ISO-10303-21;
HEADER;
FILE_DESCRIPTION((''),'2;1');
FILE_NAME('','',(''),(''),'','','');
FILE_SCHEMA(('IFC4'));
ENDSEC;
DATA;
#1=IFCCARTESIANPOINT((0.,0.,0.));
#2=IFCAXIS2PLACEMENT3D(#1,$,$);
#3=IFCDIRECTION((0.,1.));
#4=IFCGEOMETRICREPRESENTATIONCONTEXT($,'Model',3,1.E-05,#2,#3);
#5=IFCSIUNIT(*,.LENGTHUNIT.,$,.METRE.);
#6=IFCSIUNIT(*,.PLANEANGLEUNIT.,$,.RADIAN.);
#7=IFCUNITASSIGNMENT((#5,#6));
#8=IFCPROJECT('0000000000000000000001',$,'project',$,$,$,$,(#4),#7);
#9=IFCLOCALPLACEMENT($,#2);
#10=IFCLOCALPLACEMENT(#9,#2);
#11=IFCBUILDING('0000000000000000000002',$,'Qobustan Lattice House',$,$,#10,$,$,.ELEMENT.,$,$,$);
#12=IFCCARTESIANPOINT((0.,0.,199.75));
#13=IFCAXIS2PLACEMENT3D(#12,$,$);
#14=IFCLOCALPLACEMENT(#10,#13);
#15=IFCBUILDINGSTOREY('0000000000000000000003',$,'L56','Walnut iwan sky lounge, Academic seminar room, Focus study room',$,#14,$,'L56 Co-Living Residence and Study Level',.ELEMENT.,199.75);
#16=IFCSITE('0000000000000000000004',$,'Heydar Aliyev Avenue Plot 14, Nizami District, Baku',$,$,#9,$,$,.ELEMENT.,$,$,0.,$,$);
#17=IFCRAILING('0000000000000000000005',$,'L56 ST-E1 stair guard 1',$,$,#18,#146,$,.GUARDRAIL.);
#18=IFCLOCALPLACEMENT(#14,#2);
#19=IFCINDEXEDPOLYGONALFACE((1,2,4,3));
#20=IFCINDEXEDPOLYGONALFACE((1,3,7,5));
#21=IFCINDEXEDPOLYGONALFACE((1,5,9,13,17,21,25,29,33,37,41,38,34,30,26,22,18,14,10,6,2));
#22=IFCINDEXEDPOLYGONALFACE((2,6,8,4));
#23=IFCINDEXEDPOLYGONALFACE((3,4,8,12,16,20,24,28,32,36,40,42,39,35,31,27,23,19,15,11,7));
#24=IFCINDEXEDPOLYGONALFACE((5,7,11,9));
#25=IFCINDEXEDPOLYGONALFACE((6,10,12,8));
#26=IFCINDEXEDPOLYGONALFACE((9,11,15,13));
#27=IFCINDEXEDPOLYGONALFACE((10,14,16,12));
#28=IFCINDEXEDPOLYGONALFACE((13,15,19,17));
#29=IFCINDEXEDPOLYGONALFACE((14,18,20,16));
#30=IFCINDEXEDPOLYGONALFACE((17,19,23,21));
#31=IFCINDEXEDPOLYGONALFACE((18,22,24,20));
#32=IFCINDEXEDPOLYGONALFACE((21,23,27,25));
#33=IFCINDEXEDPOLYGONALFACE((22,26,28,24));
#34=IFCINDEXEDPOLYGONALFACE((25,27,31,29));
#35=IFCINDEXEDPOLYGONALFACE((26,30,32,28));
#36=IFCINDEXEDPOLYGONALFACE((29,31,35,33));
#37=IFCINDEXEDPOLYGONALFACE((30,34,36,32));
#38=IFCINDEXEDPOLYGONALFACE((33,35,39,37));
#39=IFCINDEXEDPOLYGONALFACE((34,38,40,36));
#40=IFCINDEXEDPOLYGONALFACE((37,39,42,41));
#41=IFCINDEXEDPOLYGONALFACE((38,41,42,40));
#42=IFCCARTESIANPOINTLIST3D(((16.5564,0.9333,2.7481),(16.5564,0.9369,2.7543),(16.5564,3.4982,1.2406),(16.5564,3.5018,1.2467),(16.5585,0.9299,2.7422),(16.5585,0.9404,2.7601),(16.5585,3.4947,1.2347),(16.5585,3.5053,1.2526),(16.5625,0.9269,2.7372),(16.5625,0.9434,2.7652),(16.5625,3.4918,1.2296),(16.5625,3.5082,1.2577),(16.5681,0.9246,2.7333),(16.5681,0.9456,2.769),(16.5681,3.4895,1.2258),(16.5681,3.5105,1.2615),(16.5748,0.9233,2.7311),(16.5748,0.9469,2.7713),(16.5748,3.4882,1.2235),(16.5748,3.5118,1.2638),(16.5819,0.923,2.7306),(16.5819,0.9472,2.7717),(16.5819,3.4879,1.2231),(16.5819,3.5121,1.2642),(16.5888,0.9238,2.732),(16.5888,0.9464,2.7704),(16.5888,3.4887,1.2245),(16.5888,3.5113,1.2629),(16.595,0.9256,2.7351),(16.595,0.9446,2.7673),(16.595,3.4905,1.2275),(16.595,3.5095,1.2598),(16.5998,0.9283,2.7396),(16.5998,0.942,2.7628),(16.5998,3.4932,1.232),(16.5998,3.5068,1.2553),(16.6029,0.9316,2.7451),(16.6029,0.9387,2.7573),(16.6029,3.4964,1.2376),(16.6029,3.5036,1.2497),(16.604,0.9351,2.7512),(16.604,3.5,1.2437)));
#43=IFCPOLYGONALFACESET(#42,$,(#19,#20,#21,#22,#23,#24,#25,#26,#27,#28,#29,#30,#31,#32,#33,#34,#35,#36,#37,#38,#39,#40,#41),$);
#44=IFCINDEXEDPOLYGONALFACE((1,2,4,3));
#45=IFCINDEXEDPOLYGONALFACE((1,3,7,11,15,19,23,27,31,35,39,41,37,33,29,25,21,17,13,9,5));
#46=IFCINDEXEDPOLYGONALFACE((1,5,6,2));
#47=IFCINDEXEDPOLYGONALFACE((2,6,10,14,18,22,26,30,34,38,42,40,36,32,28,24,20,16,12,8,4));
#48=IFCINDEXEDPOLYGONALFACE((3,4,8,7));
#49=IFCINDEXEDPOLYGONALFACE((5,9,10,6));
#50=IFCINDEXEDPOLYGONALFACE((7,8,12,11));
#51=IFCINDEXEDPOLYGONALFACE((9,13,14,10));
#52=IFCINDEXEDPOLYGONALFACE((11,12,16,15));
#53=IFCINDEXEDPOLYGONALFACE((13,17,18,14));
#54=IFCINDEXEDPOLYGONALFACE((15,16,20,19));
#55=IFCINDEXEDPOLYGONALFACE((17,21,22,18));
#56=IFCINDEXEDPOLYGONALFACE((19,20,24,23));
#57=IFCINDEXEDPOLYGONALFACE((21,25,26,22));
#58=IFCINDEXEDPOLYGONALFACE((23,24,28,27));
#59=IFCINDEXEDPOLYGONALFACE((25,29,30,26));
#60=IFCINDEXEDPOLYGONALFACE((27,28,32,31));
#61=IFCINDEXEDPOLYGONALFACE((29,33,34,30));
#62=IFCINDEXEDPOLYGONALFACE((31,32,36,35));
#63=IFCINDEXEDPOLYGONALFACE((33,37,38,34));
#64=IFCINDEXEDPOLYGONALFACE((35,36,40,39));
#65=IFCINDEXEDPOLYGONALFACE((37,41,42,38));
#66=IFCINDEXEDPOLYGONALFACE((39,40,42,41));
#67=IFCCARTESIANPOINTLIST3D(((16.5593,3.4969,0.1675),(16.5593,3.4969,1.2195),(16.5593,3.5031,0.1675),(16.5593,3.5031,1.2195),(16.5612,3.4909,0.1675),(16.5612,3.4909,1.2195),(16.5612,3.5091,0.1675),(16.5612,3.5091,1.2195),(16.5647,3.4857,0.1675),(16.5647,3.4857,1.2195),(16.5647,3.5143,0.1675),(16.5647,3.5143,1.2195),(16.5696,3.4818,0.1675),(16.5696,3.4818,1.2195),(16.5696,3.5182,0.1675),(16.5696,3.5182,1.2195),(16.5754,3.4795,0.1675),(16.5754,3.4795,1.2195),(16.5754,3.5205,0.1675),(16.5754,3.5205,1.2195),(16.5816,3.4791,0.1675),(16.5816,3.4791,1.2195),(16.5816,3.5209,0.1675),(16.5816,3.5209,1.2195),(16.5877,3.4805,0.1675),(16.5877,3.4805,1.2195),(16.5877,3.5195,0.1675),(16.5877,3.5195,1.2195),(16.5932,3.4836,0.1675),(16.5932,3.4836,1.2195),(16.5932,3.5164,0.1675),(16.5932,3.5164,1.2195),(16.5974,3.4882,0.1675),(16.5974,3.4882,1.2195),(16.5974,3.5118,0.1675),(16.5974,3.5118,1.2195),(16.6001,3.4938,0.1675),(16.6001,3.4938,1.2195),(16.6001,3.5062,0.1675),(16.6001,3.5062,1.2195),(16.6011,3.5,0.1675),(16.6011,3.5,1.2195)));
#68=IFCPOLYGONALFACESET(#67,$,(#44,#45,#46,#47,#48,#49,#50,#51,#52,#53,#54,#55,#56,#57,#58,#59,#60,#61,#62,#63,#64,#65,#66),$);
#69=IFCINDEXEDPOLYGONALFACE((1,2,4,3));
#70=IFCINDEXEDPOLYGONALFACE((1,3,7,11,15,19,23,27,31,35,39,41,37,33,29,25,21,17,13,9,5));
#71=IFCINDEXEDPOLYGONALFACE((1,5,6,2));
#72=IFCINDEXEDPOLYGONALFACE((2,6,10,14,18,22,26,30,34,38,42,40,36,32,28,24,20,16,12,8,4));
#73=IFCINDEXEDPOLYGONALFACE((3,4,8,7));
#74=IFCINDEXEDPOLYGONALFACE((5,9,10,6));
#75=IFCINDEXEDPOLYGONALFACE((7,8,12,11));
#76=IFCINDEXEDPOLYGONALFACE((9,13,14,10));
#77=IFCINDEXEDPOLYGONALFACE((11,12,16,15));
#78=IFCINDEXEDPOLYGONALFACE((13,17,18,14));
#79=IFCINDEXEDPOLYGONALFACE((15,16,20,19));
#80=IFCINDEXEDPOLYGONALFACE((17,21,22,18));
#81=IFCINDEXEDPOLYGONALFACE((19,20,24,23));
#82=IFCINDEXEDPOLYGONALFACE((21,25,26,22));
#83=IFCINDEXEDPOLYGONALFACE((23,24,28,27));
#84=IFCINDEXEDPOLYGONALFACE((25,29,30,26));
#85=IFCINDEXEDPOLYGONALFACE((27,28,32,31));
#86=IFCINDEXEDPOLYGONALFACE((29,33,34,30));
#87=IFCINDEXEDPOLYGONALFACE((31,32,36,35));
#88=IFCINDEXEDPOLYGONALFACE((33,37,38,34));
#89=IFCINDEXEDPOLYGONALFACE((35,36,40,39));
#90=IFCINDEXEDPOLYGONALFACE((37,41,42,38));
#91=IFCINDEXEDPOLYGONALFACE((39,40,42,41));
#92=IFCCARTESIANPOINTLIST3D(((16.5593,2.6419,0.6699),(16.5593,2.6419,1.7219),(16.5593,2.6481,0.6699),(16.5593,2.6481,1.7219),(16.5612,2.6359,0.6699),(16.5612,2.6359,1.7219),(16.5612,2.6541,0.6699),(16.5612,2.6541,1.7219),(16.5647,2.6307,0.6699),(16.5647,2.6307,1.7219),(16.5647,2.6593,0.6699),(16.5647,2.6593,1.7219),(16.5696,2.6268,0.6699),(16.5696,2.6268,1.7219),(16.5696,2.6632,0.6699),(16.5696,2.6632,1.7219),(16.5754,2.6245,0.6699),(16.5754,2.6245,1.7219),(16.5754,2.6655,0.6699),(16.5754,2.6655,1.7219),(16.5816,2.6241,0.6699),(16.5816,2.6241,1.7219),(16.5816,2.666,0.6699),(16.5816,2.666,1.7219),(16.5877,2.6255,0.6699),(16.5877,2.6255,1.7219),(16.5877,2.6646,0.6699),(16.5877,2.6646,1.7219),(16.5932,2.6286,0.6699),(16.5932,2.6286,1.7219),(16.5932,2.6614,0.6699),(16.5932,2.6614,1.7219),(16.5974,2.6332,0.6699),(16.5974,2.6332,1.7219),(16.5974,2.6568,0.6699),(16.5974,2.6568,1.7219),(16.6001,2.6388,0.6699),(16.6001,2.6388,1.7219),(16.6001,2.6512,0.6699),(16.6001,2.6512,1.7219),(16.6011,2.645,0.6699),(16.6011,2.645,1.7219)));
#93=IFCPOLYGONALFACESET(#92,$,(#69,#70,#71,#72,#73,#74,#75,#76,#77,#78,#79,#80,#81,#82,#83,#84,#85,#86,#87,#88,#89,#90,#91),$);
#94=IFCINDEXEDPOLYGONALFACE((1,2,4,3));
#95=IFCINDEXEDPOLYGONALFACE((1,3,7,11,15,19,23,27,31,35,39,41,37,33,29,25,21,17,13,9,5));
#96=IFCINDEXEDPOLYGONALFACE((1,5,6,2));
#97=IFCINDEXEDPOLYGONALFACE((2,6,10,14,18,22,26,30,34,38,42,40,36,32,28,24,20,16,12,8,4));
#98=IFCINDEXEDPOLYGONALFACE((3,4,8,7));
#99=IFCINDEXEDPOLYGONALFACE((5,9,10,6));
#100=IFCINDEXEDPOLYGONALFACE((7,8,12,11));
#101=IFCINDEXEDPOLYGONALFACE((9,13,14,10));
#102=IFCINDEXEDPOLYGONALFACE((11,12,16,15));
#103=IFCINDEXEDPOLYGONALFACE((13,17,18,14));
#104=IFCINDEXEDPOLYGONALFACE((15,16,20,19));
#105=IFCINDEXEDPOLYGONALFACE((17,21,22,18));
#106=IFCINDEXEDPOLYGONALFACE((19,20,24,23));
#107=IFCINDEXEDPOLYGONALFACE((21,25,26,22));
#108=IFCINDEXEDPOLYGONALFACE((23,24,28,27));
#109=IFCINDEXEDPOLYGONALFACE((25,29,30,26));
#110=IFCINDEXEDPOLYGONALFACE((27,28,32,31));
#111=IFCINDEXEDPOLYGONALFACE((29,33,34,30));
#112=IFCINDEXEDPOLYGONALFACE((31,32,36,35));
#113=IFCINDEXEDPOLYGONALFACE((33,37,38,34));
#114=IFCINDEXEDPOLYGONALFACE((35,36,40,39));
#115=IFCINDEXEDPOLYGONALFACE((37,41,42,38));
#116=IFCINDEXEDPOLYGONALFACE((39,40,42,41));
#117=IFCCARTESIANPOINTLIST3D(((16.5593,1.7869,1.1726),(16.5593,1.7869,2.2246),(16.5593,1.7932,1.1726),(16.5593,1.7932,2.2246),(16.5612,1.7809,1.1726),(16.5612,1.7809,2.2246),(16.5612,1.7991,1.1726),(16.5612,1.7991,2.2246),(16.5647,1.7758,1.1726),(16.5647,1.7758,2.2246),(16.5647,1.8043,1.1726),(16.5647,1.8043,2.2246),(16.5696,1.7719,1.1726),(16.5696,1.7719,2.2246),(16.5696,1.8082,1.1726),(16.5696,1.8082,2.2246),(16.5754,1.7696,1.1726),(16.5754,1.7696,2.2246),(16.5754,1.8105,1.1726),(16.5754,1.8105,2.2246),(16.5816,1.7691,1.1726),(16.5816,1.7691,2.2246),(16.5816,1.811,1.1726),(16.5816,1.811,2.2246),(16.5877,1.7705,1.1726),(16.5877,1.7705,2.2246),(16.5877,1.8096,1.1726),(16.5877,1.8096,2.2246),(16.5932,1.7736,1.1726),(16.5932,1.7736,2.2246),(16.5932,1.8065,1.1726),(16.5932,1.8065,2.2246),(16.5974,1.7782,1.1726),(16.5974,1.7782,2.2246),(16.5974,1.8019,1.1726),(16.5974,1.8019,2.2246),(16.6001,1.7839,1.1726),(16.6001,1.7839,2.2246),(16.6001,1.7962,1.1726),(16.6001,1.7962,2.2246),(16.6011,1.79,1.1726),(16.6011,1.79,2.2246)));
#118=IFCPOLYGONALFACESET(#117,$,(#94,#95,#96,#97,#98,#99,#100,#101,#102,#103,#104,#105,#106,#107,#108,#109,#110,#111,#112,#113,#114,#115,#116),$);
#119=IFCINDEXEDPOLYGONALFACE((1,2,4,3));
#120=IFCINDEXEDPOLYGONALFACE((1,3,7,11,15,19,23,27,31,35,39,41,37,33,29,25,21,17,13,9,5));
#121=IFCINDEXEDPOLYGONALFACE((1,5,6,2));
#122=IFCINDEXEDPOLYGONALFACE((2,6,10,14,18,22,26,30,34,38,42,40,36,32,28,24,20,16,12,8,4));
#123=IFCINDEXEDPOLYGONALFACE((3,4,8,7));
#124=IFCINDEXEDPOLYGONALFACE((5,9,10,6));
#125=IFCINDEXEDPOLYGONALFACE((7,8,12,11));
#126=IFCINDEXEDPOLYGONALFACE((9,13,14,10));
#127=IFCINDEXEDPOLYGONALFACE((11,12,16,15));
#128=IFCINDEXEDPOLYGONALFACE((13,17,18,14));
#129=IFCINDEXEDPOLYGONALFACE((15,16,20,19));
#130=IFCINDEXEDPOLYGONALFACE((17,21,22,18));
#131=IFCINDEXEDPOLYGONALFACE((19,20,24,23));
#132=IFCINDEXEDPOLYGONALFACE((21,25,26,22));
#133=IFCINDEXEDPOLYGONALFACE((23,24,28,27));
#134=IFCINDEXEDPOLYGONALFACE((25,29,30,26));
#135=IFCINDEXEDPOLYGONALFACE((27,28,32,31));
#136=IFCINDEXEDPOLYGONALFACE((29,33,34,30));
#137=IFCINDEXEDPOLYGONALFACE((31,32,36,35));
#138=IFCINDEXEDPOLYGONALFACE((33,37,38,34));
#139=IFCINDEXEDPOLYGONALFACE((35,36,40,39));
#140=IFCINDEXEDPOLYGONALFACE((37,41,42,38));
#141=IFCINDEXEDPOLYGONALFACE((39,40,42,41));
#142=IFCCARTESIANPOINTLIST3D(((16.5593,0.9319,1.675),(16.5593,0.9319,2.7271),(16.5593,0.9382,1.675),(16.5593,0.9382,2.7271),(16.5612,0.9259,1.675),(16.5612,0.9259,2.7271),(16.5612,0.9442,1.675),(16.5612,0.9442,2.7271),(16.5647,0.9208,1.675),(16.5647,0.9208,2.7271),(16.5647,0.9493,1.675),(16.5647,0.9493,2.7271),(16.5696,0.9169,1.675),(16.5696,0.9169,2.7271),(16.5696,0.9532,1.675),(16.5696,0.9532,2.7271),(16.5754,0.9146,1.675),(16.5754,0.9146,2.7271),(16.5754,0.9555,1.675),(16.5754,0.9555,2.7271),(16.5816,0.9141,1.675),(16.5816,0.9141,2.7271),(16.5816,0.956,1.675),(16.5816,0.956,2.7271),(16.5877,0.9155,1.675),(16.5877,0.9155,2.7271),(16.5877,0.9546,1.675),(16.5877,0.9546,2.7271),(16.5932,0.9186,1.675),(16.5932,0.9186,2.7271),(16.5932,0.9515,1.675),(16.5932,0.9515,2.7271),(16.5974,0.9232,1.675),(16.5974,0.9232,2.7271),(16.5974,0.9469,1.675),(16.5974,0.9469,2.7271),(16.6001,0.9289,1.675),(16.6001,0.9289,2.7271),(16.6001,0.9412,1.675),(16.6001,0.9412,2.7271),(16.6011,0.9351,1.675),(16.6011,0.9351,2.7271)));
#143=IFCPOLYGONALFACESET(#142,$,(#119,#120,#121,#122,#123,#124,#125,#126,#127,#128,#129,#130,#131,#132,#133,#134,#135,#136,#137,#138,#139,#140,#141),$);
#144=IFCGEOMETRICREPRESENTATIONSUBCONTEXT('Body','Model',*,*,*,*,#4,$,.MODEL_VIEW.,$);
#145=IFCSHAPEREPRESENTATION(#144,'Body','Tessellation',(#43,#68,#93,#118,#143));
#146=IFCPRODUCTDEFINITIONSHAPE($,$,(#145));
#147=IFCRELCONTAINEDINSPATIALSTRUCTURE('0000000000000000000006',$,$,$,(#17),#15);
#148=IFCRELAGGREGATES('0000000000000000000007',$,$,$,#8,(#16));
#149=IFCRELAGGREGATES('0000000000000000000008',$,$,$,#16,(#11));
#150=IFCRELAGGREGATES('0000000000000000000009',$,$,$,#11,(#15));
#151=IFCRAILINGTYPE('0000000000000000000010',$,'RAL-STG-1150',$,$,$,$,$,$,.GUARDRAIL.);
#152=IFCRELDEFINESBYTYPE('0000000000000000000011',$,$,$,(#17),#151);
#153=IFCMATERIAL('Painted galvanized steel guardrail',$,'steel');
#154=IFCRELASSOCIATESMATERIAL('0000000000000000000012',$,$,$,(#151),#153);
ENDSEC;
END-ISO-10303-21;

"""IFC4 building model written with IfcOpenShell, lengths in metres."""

from ifc_helpers import new_model, si_unit, direction, frame, origin, origin_2d, place, context, subcontext, project, spatial, circle, extrude, material, type_object, element, save


model = new_model("IFC4")

# Units and contexts
model_context = context("Model", 3, precision=1e-05, world=origin(), true_north=direction((0.0, 1.0)))
body_context = subcontext(model_context, "Body", "Model", "MODEL_VIEW")
ifc_project = project(units=[si_unit("LENGTHUNIT", "METRE"), si_unit("PLANEANGLEUNIT", "RADIAN")], contexts=[model_context])

# Site, building, storey
site_placement = place(None, origin())
site = spatial("IfcSite", under=ifc_project, at=site_placement, Name="Heydar Aliyev Avenue Plot 14, Nizami District, Baku", CompositionType="ELEMENT", RefElevation=0.0)
building_placement = place(site_placement, origin())
building = spatial("IfcBuilding", under=site, at=building_placement, Name="Qobustan Lattice House", CompositionType="ELEMENT")
storey_placement = place(building_placement, frame((0.0, 0.0, 199.75)))
storey = spatial("IfcBuildingStorey", under=building, at=storey_placement, Name="L56", Description="Walnut iwan sky lounge, Academic seminar room, Focus study room", LongName="L56 Co-Living Residence and Study Level", CompositionType="ELEMENT", Elevation=199.75)

# Railing
ifc_material_1 = material(Name="Painted galvanized steel guardrail", Category="steel")
railing_type_1 = type_object("IfcRailingType", Name="RAL-STG-1150", PredefinedType="GUARDRAIL", material=ifc_material_1)
railing_1_placement = place(storey_placement, frame((16.5801, 3.5, 0.1675)))
element("IfcRailing", 1, at=railing_1_placement, inside=storey, type_object=railing_type_1, Name="L56 ST-E1 stair guard 1", PredefinedType="GUARDRAIL", context=body_context, shape_type="SweptSolid", body=[
    extrude(circle(Radius=0.0239, at=origin_2d()), frame((0.0, 0.0, 1.0762), z_axis=(0.0, -0.862113, 0.506715), x_axis=(1.0, 0.0, 0.0)), (0.0, 0.0, 1.0), 2.9751),
    extrude(circle(Radius=0.021, at=origin_2d()), origin(), (0.0, 0.0, 1.0), 1.052),
    extrude(circle(Radius=0.021, at=origin_2d()), frame((0.0, -0.855, 0.5024)), (0.0, 0.0, 1.0), 1.052),
    extrude(circle(Radius=0.021, at=origin_2d()), frame((0.0, -1.71, 1.0051)), (0.0, 0.0, 1.0), 1.052),
    extrude(circle(Radius=0.021, at=origin_2d()), frame((0.0, -2.5649, 1.5076)), (0.0, 0.0, 1.0), 1.052),
])

save(model, "model.ifc")
